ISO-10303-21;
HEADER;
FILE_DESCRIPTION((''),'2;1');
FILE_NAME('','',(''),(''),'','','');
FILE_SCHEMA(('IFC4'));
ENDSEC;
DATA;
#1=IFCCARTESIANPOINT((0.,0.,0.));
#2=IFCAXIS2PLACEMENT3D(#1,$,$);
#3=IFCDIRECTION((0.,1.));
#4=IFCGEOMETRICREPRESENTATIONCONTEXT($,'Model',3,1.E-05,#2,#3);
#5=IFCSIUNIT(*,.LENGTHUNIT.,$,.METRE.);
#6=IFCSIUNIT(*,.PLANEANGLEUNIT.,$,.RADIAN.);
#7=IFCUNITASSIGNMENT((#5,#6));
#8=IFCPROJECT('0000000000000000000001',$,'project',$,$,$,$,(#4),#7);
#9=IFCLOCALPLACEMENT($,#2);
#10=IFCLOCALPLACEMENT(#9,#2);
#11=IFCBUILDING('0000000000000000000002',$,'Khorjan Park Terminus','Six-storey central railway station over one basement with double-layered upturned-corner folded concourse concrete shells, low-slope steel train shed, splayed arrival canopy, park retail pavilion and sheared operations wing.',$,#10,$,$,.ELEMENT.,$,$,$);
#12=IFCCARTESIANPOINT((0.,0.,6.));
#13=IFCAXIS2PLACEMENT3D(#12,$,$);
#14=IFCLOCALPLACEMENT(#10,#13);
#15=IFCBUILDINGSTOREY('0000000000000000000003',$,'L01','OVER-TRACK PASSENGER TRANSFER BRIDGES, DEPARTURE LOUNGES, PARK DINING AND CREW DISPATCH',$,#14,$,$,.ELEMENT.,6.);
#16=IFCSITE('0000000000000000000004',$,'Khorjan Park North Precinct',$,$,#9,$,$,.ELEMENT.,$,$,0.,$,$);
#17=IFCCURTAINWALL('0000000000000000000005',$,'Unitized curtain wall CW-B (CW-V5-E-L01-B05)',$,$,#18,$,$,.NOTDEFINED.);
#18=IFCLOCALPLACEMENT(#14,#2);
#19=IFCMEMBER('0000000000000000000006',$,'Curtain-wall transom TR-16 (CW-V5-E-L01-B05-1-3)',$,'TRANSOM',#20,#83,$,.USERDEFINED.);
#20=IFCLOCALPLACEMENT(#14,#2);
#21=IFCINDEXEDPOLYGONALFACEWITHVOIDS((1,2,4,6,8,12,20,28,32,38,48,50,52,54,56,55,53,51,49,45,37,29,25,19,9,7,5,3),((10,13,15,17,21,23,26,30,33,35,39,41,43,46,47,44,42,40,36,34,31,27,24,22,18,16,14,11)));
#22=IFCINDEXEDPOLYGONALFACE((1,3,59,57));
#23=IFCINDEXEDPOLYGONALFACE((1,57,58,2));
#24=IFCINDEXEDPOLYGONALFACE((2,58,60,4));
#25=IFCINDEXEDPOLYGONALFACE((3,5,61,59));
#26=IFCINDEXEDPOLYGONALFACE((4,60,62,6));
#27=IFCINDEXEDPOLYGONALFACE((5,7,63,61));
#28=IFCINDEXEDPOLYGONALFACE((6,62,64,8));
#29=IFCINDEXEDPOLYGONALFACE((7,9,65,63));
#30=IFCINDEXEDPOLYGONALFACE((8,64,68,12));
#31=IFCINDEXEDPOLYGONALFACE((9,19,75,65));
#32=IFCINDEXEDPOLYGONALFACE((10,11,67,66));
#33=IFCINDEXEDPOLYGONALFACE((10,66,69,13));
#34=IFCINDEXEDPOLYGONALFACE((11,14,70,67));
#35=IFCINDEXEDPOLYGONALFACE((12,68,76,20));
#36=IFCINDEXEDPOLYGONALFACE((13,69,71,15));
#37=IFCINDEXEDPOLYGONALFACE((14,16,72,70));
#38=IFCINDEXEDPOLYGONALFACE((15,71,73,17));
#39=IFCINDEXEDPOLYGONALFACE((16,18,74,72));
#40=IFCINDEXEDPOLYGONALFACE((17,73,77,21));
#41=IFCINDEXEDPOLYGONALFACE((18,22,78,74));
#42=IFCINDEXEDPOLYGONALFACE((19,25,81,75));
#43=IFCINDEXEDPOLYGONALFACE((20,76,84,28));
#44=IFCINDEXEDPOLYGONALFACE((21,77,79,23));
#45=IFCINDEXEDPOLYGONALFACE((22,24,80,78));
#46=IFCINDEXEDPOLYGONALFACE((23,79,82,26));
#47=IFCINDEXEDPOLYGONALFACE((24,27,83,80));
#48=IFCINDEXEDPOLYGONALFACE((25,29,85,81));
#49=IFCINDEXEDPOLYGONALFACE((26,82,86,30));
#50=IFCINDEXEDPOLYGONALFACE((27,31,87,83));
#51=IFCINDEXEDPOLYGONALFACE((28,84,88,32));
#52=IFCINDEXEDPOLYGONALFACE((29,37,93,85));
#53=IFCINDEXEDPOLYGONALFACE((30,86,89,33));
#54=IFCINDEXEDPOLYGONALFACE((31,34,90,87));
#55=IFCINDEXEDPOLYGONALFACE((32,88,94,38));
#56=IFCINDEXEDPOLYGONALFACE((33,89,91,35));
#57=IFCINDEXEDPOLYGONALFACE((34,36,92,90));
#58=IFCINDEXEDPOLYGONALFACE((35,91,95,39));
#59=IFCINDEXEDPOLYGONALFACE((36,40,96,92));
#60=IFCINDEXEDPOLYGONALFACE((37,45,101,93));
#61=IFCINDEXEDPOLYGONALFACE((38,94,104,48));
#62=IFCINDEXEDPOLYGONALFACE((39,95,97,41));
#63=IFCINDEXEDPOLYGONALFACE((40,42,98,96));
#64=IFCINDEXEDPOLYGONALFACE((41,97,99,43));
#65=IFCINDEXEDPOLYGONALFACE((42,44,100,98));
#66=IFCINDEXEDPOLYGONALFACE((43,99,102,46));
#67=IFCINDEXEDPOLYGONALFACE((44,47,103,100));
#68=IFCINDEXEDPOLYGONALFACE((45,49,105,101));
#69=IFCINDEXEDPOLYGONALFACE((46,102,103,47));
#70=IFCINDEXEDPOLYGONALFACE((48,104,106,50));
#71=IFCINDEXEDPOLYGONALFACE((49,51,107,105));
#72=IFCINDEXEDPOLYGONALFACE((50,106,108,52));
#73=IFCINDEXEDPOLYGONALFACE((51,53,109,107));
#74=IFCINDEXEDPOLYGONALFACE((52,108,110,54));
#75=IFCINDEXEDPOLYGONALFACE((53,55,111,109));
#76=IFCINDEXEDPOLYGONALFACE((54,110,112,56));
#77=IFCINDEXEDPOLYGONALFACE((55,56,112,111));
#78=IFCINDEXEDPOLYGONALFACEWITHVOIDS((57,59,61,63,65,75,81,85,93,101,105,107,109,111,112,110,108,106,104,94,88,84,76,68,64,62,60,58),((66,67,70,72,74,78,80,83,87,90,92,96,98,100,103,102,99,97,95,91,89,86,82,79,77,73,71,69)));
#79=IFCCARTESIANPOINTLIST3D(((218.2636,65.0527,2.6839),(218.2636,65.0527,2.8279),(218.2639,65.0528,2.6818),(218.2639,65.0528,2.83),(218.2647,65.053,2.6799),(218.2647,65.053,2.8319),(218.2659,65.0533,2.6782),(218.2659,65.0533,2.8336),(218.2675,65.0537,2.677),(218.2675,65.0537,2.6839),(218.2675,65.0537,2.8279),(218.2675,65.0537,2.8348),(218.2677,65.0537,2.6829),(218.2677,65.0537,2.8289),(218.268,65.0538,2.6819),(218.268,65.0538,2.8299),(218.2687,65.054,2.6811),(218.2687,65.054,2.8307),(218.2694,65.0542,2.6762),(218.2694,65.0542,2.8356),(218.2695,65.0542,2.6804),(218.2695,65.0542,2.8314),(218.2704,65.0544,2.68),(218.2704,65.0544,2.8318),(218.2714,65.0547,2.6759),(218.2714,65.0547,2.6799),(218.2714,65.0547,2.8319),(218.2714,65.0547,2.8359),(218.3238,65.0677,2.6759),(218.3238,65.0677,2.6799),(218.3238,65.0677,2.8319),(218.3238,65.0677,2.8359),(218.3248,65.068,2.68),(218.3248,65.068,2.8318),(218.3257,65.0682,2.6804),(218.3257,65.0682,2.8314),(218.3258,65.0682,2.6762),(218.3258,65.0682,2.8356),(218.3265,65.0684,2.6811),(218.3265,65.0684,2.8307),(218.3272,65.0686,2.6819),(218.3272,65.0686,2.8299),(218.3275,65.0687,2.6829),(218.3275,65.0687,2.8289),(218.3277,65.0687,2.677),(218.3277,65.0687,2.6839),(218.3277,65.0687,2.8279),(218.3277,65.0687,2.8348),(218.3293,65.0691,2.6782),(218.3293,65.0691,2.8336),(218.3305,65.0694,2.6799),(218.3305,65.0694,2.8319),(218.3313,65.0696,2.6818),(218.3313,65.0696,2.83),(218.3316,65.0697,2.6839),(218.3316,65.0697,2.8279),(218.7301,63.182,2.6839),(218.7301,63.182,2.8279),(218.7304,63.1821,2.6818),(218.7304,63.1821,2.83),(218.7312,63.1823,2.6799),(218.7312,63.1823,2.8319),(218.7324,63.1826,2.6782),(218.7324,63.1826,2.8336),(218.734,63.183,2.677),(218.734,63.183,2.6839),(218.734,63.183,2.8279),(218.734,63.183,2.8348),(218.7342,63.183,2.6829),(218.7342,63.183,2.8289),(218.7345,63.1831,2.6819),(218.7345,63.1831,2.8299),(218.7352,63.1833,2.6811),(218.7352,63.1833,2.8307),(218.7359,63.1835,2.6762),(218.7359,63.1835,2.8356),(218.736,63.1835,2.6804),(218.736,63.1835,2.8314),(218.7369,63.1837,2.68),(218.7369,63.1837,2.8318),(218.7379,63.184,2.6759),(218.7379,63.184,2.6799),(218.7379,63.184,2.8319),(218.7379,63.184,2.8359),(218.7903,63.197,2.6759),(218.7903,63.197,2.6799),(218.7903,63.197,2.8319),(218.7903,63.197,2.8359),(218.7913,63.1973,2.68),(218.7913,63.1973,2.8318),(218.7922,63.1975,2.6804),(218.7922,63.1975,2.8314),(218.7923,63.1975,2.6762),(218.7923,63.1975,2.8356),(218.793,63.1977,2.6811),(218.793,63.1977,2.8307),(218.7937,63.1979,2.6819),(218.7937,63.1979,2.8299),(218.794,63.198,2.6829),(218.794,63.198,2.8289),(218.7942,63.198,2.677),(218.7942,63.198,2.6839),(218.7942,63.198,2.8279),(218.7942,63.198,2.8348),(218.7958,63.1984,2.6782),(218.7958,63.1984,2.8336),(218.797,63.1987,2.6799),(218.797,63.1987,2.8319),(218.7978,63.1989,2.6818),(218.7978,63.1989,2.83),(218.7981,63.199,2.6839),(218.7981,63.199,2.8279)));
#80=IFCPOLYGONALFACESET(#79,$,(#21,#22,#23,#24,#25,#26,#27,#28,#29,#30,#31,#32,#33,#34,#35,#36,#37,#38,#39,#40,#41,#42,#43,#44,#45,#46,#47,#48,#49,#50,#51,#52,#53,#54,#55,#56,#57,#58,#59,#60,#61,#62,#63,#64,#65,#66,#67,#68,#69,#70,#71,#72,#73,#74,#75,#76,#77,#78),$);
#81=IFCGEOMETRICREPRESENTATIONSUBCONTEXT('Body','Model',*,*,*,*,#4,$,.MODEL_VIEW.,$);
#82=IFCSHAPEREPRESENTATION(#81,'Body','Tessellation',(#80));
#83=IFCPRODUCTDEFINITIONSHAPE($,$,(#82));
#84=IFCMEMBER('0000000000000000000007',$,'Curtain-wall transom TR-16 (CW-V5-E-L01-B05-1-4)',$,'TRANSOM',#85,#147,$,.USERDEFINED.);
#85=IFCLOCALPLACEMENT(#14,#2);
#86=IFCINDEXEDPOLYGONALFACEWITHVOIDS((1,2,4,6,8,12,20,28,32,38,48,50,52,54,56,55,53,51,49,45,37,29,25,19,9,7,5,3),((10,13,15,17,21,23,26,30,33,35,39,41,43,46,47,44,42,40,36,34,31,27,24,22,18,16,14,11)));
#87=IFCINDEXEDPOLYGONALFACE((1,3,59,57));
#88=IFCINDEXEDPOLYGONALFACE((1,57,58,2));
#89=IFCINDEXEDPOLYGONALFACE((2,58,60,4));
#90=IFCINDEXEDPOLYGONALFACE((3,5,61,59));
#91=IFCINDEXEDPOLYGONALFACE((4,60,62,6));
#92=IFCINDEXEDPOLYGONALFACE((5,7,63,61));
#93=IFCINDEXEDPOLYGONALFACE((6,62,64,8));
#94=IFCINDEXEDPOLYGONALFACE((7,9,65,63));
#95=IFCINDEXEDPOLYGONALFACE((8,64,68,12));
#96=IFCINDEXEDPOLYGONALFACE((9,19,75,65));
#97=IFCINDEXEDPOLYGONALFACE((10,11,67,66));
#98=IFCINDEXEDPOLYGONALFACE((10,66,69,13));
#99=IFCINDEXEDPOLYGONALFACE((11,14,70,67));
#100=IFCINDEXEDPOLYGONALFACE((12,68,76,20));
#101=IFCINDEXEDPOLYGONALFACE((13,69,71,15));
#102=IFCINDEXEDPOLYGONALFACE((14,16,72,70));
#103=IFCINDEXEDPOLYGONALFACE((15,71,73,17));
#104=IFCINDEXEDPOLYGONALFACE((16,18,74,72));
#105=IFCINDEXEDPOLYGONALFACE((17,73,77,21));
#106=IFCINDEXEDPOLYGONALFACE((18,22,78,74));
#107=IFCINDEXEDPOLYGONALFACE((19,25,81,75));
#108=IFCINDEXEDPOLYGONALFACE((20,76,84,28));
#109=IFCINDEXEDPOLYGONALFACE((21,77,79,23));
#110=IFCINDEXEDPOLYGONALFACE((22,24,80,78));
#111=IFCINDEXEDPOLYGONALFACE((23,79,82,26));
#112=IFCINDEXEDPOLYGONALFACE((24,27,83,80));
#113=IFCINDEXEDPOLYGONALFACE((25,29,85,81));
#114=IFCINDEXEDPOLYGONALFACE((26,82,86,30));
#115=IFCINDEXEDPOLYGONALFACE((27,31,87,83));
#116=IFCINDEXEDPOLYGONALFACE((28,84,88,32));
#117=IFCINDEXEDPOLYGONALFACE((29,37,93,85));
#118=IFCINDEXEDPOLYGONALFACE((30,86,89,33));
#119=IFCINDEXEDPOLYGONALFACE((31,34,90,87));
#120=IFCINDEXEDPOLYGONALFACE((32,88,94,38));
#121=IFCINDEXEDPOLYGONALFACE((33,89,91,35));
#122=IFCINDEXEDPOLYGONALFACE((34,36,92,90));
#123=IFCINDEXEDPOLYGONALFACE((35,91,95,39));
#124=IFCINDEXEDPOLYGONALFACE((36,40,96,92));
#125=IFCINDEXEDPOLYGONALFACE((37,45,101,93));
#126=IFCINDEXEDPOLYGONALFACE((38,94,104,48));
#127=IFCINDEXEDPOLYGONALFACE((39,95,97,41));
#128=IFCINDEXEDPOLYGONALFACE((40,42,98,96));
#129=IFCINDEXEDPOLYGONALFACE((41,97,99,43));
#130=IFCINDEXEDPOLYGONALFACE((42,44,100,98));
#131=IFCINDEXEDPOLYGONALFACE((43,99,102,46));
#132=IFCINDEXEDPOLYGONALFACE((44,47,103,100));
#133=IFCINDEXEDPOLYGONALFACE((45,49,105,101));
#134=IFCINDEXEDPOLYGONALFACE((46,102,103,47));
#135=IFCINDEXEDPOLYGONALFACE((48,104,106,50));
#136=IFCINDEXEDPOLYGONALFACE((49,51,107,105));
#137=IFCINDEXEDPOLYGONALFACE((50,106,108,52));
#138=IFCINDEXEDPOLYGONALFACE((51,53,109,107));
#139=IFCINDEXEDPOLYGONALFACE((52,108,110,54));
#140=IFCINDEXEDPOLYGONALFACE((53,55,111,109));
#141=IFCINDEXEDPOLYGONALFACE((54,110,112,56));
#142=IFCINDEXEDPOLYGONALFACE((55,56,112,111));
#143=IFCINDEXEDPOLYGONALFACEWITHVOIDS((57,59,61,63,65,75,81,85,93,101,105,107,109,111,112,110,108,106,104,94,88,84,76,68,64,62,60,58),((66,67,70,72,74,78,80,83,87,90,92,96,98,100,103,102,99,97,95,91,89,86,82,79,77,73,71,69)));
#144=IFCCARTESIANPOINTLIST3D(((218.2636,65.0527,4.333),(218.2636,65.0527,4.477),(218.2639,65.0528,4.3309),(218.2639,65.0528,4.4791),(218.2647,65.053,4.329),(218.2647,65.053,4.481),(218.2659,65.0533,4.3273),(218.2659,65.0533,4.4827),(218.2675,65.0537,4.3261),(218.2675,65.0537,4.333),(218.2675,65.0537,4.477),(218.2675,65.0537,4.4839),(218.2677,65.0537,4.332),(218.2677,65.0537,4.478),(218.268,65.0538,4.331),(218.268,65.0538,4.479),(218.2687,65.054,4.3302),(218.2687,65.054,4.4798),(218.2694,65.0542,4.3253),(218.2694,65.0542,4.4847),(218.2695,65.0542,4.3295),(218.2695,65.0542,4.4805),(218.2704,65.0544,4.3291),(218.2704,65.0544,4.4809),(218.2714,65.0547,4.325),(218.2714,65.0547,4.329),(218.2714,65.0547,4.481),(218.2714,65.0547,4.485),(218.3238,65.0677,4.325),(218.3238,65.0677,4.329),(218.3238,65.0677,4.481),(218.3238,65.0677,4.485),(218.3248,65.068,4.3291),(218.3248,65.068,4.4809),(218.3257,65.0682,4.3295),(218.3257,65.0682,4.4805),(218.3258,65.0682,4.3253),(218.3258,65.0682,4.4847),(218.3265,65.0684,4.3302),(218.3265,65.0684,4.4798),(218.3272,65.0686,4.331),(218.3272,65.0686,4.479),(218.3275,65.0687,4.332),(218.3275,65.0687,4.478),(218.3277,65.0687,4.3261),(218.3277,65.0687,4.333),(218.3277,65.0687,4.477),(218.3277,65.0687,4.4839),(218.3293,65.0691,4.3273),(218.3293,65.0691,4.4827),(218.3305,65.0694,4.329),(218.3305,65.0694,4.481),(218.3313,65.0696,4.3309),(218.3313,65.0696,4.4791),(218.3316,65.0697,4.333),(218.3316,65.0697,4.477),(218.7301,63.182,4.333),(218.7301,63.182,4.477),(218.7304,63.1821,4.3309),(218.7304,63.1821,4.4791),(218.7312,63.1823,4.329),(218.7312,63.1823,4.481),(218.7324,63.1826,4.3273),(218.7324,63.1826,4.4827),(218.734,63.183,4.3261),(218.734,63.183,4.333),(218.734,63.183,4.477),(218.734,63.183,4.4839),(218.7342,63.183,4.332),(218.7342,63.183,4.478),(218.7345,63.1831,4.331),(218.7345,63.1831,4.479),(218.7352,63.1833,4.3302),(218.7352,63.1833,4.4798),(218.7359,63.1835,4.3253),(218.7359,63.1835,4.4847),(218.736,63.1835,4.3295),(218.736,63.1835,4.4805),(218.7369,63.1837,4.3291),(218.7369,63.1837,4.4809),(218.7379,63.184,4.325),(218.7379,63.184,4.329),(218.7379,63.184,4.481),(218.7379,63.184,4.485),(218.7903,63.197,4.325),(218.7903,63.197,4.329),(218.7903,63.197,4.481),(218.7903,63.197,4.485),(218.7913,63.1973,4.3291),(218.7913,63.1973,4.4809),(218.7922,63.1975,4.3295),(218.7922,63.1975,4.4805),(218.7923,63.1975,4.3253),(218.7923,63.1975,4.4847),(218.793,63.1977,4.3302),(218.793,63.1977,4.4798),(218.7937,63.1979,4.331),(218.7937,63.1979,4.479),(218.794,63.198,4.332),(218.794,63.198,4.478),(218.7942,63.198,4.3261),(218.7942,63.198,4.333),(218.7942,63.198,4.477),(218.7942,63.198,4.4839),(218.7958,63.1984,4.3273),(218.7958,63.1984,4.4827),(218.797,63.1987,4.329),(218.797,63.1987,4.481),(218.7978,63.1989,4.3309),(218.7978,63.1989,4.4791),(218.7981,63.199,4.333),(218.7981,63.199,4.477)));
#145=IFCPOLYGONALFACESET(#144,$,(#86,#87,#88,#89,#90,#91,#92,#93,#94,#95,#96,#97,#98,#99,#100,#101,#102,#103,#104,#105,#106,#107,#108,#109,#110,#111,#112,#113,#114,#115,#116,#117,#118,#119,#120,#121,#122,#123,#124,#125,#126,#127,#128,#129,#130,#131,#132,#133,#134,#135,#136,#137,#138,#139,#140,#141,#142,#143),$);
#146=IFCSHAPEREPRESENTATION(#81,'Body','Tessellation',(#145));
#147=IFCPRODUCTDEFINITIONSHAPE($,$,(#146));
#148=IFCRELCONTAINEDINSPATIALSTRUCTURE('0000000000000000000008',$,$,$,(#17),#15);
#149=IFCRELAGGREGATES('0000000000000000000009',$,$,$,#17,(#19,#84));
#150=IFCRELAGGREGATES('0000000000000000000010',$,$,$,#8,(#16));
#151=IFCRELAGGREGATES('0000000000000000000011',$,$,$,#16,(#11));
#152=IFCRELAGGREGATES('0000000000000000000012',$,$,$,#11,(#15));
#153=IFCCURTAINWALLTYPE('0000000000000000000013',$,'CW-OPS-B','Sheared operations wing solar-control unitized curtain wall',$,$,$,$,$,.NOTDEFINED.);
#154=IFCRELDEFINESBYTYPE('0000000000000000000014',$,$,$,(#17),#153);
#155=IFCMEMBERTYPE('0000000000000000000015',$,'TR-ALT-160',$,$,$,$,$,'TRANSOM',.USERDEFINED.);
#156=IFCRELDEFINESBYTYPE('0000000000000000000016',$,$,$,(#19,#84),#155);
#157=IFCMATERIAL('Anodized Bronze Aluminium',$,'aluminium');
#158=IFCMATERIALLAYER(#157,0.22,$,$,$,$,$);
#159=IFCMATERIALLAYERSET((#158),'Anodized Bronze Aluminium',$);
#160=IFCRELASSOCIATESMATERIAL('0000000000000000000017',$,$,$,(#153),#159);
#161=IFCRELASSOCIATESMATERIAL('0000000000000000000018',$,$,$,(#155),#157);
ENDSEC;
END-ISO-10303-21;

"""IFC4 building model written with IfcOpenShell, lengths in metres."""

from ifc_helpers import new_model, si_unit, direction, frame, origin, origin_2d, place, context, subcontext, project, spatial, hollow_rectangle, extrude, material, layer, layer_set, material_profile, profile_set, type_object, element, aggregate, save


model = new_model("IFC4")

# Units and contexts
model_context = context("Model", 3, precision=1e-05, world=origin(), true_north=direction((0.0, 1.0)))
body_context = subcontext(model_context, "Body", "Model", "MODEL_VIEW")
ifc_project = project(units=[si_unit("LENGTHUNIT", "METRE"), si_unit("PLANEANGLEUNIT", "RADIAN")], contexts=[model_context])

# Site, building, storey
site_placement = place(None, origin())
site = spatial("IfcSite", under=ifc_project, at=site_placement, Name="Khorjan Park North Precinct", CompositionType="ELEMENT", RefElevation=0.0)
building_placement = place(site_placement, origin())
building = spatial("IfcBuilding", under=site, at=building_placement, Name="Khorjan Park Terminus", Description="Six-storey central railway station over one basement with double-layered upturned-corner folded concourse concrete shells, low-slope steel train shed, splayed arrival canopy, park retail pavilion and sheared operations wing.", CompositionType="ELEMENT")
storey_placement = place(building_placement, frame((0.0, 0.0, 6.0)))
storey = spatial("IfcBuildingStorey", under=building, at=storey_placement, Name="L01", Description="OVER-TRACK PASSENGER TRANSFER BRIDGES, DEPARTURE LOUNGES, PARK DINING AND CREW DISPATCH", CompositionType="ELEMENT", Elevation=6.0)

# Curtain wall, members
ifc_material_1 = material(Name="Anodized Bronze Aluminium", Category="aluminium")
ifc_layer_1 = layer(ifc_material_1, 0.22)
ifc_layer_set_1 = layer_set([ifc_layer_1], Name="Anodized Bronze Aluminium")
curtain_wall_type = type_object("IfcCurtainWallType", Name="CW-OPS-B", Description="Sheared operations wing solar-control unitized curtain wall", PredefinedType="NOTDEFINED", material=ifc_layer_set_1)
curtain_wall_placement = place(storey_placement, origin())
curtain_wall = element("IfcCurtainWall", 1, at=curtain_wall_placement, inside=storey, type_object=curtain_wall_type, Name="Unitized curtain wall CW-B (CW-V5-E-L01-B05)", PredefinedType="NOTDEFINED")
ifc_material_profile_1 = material_profile(ifc_material_1, hollow_rectangle(XDim=0.07, YDim=0.16, WallThickness=0.004, InnerFilletRadius=0.004, OuterFilletRadius=0.008, at=origin_2d()), Name="ALT 70x160x4")
ifc_profile_set_1 = profile_set([ifc_material_profile_1], Name="Anodized Bronze Aluminium")
member_type_1 = type_object("IfcMemberType", Name="TR-ALT-160", ElementType="TRANSOM", PredefinedType="USERDEFINED", material=ifc_profile_set_1)
member_1_placement = place(storey_placement, frame((218.7641, 63.1905, 2.7559), z_axis=(-0.241962, 0.970286, 0.0), x_axis=(-0.970286, -0.241962, 0.0)))
member_1 = element("IfcMember", 2, at=member_1_placement, type_object=member_type_1, Name="Curtain-wall transom TR-16 (CW-V5-E-L01-B05-1-3)", ObjectType="TRANSOM", PredefinedType="USERDEFINED", context=body_context, shape_type="SweptSolid", body=[
    extrude(hollow_rectangle(XDim=0.07, YDim=0.16, WallThickness=0.004, InnerFilletRadius=0.004, OuterFilletRadius=0.008, at=origin_2d()), origin(), (0.0, 0.0, 1.0), 1.928),
])
member_2_placement = place(storey_placement, frame((218.7641, 63.1905, 4.405), z_axis=(-0.241962, 0.970286, 0.0), x_axis=(-0.970286, -0.241962, 0.0)))
member_2 = element("IfcMember", 3, at=member_2_placement, type_object=member_type_1, Name="Curtain-wall transom TR-16 (CW-V5-E-L01-B05-1-4)", ObjectType="TRANSOM", PredefinedType="USERDEFINED", context=body_context, shape_type="SweptSolid", body=[
    extrude(hollow_rectangle(XDim=0.07, YDim=0.16, WallThickness=0.004, InnerFilletRadius=0.004, OuterFilletRadius=0.008, at=origin_2d()), origin(), (0.0, 0.0, 1.0), 1.928),
])
aggregate(curtain_wall, [member_1, member_2])

save(model, "model.ifc")
